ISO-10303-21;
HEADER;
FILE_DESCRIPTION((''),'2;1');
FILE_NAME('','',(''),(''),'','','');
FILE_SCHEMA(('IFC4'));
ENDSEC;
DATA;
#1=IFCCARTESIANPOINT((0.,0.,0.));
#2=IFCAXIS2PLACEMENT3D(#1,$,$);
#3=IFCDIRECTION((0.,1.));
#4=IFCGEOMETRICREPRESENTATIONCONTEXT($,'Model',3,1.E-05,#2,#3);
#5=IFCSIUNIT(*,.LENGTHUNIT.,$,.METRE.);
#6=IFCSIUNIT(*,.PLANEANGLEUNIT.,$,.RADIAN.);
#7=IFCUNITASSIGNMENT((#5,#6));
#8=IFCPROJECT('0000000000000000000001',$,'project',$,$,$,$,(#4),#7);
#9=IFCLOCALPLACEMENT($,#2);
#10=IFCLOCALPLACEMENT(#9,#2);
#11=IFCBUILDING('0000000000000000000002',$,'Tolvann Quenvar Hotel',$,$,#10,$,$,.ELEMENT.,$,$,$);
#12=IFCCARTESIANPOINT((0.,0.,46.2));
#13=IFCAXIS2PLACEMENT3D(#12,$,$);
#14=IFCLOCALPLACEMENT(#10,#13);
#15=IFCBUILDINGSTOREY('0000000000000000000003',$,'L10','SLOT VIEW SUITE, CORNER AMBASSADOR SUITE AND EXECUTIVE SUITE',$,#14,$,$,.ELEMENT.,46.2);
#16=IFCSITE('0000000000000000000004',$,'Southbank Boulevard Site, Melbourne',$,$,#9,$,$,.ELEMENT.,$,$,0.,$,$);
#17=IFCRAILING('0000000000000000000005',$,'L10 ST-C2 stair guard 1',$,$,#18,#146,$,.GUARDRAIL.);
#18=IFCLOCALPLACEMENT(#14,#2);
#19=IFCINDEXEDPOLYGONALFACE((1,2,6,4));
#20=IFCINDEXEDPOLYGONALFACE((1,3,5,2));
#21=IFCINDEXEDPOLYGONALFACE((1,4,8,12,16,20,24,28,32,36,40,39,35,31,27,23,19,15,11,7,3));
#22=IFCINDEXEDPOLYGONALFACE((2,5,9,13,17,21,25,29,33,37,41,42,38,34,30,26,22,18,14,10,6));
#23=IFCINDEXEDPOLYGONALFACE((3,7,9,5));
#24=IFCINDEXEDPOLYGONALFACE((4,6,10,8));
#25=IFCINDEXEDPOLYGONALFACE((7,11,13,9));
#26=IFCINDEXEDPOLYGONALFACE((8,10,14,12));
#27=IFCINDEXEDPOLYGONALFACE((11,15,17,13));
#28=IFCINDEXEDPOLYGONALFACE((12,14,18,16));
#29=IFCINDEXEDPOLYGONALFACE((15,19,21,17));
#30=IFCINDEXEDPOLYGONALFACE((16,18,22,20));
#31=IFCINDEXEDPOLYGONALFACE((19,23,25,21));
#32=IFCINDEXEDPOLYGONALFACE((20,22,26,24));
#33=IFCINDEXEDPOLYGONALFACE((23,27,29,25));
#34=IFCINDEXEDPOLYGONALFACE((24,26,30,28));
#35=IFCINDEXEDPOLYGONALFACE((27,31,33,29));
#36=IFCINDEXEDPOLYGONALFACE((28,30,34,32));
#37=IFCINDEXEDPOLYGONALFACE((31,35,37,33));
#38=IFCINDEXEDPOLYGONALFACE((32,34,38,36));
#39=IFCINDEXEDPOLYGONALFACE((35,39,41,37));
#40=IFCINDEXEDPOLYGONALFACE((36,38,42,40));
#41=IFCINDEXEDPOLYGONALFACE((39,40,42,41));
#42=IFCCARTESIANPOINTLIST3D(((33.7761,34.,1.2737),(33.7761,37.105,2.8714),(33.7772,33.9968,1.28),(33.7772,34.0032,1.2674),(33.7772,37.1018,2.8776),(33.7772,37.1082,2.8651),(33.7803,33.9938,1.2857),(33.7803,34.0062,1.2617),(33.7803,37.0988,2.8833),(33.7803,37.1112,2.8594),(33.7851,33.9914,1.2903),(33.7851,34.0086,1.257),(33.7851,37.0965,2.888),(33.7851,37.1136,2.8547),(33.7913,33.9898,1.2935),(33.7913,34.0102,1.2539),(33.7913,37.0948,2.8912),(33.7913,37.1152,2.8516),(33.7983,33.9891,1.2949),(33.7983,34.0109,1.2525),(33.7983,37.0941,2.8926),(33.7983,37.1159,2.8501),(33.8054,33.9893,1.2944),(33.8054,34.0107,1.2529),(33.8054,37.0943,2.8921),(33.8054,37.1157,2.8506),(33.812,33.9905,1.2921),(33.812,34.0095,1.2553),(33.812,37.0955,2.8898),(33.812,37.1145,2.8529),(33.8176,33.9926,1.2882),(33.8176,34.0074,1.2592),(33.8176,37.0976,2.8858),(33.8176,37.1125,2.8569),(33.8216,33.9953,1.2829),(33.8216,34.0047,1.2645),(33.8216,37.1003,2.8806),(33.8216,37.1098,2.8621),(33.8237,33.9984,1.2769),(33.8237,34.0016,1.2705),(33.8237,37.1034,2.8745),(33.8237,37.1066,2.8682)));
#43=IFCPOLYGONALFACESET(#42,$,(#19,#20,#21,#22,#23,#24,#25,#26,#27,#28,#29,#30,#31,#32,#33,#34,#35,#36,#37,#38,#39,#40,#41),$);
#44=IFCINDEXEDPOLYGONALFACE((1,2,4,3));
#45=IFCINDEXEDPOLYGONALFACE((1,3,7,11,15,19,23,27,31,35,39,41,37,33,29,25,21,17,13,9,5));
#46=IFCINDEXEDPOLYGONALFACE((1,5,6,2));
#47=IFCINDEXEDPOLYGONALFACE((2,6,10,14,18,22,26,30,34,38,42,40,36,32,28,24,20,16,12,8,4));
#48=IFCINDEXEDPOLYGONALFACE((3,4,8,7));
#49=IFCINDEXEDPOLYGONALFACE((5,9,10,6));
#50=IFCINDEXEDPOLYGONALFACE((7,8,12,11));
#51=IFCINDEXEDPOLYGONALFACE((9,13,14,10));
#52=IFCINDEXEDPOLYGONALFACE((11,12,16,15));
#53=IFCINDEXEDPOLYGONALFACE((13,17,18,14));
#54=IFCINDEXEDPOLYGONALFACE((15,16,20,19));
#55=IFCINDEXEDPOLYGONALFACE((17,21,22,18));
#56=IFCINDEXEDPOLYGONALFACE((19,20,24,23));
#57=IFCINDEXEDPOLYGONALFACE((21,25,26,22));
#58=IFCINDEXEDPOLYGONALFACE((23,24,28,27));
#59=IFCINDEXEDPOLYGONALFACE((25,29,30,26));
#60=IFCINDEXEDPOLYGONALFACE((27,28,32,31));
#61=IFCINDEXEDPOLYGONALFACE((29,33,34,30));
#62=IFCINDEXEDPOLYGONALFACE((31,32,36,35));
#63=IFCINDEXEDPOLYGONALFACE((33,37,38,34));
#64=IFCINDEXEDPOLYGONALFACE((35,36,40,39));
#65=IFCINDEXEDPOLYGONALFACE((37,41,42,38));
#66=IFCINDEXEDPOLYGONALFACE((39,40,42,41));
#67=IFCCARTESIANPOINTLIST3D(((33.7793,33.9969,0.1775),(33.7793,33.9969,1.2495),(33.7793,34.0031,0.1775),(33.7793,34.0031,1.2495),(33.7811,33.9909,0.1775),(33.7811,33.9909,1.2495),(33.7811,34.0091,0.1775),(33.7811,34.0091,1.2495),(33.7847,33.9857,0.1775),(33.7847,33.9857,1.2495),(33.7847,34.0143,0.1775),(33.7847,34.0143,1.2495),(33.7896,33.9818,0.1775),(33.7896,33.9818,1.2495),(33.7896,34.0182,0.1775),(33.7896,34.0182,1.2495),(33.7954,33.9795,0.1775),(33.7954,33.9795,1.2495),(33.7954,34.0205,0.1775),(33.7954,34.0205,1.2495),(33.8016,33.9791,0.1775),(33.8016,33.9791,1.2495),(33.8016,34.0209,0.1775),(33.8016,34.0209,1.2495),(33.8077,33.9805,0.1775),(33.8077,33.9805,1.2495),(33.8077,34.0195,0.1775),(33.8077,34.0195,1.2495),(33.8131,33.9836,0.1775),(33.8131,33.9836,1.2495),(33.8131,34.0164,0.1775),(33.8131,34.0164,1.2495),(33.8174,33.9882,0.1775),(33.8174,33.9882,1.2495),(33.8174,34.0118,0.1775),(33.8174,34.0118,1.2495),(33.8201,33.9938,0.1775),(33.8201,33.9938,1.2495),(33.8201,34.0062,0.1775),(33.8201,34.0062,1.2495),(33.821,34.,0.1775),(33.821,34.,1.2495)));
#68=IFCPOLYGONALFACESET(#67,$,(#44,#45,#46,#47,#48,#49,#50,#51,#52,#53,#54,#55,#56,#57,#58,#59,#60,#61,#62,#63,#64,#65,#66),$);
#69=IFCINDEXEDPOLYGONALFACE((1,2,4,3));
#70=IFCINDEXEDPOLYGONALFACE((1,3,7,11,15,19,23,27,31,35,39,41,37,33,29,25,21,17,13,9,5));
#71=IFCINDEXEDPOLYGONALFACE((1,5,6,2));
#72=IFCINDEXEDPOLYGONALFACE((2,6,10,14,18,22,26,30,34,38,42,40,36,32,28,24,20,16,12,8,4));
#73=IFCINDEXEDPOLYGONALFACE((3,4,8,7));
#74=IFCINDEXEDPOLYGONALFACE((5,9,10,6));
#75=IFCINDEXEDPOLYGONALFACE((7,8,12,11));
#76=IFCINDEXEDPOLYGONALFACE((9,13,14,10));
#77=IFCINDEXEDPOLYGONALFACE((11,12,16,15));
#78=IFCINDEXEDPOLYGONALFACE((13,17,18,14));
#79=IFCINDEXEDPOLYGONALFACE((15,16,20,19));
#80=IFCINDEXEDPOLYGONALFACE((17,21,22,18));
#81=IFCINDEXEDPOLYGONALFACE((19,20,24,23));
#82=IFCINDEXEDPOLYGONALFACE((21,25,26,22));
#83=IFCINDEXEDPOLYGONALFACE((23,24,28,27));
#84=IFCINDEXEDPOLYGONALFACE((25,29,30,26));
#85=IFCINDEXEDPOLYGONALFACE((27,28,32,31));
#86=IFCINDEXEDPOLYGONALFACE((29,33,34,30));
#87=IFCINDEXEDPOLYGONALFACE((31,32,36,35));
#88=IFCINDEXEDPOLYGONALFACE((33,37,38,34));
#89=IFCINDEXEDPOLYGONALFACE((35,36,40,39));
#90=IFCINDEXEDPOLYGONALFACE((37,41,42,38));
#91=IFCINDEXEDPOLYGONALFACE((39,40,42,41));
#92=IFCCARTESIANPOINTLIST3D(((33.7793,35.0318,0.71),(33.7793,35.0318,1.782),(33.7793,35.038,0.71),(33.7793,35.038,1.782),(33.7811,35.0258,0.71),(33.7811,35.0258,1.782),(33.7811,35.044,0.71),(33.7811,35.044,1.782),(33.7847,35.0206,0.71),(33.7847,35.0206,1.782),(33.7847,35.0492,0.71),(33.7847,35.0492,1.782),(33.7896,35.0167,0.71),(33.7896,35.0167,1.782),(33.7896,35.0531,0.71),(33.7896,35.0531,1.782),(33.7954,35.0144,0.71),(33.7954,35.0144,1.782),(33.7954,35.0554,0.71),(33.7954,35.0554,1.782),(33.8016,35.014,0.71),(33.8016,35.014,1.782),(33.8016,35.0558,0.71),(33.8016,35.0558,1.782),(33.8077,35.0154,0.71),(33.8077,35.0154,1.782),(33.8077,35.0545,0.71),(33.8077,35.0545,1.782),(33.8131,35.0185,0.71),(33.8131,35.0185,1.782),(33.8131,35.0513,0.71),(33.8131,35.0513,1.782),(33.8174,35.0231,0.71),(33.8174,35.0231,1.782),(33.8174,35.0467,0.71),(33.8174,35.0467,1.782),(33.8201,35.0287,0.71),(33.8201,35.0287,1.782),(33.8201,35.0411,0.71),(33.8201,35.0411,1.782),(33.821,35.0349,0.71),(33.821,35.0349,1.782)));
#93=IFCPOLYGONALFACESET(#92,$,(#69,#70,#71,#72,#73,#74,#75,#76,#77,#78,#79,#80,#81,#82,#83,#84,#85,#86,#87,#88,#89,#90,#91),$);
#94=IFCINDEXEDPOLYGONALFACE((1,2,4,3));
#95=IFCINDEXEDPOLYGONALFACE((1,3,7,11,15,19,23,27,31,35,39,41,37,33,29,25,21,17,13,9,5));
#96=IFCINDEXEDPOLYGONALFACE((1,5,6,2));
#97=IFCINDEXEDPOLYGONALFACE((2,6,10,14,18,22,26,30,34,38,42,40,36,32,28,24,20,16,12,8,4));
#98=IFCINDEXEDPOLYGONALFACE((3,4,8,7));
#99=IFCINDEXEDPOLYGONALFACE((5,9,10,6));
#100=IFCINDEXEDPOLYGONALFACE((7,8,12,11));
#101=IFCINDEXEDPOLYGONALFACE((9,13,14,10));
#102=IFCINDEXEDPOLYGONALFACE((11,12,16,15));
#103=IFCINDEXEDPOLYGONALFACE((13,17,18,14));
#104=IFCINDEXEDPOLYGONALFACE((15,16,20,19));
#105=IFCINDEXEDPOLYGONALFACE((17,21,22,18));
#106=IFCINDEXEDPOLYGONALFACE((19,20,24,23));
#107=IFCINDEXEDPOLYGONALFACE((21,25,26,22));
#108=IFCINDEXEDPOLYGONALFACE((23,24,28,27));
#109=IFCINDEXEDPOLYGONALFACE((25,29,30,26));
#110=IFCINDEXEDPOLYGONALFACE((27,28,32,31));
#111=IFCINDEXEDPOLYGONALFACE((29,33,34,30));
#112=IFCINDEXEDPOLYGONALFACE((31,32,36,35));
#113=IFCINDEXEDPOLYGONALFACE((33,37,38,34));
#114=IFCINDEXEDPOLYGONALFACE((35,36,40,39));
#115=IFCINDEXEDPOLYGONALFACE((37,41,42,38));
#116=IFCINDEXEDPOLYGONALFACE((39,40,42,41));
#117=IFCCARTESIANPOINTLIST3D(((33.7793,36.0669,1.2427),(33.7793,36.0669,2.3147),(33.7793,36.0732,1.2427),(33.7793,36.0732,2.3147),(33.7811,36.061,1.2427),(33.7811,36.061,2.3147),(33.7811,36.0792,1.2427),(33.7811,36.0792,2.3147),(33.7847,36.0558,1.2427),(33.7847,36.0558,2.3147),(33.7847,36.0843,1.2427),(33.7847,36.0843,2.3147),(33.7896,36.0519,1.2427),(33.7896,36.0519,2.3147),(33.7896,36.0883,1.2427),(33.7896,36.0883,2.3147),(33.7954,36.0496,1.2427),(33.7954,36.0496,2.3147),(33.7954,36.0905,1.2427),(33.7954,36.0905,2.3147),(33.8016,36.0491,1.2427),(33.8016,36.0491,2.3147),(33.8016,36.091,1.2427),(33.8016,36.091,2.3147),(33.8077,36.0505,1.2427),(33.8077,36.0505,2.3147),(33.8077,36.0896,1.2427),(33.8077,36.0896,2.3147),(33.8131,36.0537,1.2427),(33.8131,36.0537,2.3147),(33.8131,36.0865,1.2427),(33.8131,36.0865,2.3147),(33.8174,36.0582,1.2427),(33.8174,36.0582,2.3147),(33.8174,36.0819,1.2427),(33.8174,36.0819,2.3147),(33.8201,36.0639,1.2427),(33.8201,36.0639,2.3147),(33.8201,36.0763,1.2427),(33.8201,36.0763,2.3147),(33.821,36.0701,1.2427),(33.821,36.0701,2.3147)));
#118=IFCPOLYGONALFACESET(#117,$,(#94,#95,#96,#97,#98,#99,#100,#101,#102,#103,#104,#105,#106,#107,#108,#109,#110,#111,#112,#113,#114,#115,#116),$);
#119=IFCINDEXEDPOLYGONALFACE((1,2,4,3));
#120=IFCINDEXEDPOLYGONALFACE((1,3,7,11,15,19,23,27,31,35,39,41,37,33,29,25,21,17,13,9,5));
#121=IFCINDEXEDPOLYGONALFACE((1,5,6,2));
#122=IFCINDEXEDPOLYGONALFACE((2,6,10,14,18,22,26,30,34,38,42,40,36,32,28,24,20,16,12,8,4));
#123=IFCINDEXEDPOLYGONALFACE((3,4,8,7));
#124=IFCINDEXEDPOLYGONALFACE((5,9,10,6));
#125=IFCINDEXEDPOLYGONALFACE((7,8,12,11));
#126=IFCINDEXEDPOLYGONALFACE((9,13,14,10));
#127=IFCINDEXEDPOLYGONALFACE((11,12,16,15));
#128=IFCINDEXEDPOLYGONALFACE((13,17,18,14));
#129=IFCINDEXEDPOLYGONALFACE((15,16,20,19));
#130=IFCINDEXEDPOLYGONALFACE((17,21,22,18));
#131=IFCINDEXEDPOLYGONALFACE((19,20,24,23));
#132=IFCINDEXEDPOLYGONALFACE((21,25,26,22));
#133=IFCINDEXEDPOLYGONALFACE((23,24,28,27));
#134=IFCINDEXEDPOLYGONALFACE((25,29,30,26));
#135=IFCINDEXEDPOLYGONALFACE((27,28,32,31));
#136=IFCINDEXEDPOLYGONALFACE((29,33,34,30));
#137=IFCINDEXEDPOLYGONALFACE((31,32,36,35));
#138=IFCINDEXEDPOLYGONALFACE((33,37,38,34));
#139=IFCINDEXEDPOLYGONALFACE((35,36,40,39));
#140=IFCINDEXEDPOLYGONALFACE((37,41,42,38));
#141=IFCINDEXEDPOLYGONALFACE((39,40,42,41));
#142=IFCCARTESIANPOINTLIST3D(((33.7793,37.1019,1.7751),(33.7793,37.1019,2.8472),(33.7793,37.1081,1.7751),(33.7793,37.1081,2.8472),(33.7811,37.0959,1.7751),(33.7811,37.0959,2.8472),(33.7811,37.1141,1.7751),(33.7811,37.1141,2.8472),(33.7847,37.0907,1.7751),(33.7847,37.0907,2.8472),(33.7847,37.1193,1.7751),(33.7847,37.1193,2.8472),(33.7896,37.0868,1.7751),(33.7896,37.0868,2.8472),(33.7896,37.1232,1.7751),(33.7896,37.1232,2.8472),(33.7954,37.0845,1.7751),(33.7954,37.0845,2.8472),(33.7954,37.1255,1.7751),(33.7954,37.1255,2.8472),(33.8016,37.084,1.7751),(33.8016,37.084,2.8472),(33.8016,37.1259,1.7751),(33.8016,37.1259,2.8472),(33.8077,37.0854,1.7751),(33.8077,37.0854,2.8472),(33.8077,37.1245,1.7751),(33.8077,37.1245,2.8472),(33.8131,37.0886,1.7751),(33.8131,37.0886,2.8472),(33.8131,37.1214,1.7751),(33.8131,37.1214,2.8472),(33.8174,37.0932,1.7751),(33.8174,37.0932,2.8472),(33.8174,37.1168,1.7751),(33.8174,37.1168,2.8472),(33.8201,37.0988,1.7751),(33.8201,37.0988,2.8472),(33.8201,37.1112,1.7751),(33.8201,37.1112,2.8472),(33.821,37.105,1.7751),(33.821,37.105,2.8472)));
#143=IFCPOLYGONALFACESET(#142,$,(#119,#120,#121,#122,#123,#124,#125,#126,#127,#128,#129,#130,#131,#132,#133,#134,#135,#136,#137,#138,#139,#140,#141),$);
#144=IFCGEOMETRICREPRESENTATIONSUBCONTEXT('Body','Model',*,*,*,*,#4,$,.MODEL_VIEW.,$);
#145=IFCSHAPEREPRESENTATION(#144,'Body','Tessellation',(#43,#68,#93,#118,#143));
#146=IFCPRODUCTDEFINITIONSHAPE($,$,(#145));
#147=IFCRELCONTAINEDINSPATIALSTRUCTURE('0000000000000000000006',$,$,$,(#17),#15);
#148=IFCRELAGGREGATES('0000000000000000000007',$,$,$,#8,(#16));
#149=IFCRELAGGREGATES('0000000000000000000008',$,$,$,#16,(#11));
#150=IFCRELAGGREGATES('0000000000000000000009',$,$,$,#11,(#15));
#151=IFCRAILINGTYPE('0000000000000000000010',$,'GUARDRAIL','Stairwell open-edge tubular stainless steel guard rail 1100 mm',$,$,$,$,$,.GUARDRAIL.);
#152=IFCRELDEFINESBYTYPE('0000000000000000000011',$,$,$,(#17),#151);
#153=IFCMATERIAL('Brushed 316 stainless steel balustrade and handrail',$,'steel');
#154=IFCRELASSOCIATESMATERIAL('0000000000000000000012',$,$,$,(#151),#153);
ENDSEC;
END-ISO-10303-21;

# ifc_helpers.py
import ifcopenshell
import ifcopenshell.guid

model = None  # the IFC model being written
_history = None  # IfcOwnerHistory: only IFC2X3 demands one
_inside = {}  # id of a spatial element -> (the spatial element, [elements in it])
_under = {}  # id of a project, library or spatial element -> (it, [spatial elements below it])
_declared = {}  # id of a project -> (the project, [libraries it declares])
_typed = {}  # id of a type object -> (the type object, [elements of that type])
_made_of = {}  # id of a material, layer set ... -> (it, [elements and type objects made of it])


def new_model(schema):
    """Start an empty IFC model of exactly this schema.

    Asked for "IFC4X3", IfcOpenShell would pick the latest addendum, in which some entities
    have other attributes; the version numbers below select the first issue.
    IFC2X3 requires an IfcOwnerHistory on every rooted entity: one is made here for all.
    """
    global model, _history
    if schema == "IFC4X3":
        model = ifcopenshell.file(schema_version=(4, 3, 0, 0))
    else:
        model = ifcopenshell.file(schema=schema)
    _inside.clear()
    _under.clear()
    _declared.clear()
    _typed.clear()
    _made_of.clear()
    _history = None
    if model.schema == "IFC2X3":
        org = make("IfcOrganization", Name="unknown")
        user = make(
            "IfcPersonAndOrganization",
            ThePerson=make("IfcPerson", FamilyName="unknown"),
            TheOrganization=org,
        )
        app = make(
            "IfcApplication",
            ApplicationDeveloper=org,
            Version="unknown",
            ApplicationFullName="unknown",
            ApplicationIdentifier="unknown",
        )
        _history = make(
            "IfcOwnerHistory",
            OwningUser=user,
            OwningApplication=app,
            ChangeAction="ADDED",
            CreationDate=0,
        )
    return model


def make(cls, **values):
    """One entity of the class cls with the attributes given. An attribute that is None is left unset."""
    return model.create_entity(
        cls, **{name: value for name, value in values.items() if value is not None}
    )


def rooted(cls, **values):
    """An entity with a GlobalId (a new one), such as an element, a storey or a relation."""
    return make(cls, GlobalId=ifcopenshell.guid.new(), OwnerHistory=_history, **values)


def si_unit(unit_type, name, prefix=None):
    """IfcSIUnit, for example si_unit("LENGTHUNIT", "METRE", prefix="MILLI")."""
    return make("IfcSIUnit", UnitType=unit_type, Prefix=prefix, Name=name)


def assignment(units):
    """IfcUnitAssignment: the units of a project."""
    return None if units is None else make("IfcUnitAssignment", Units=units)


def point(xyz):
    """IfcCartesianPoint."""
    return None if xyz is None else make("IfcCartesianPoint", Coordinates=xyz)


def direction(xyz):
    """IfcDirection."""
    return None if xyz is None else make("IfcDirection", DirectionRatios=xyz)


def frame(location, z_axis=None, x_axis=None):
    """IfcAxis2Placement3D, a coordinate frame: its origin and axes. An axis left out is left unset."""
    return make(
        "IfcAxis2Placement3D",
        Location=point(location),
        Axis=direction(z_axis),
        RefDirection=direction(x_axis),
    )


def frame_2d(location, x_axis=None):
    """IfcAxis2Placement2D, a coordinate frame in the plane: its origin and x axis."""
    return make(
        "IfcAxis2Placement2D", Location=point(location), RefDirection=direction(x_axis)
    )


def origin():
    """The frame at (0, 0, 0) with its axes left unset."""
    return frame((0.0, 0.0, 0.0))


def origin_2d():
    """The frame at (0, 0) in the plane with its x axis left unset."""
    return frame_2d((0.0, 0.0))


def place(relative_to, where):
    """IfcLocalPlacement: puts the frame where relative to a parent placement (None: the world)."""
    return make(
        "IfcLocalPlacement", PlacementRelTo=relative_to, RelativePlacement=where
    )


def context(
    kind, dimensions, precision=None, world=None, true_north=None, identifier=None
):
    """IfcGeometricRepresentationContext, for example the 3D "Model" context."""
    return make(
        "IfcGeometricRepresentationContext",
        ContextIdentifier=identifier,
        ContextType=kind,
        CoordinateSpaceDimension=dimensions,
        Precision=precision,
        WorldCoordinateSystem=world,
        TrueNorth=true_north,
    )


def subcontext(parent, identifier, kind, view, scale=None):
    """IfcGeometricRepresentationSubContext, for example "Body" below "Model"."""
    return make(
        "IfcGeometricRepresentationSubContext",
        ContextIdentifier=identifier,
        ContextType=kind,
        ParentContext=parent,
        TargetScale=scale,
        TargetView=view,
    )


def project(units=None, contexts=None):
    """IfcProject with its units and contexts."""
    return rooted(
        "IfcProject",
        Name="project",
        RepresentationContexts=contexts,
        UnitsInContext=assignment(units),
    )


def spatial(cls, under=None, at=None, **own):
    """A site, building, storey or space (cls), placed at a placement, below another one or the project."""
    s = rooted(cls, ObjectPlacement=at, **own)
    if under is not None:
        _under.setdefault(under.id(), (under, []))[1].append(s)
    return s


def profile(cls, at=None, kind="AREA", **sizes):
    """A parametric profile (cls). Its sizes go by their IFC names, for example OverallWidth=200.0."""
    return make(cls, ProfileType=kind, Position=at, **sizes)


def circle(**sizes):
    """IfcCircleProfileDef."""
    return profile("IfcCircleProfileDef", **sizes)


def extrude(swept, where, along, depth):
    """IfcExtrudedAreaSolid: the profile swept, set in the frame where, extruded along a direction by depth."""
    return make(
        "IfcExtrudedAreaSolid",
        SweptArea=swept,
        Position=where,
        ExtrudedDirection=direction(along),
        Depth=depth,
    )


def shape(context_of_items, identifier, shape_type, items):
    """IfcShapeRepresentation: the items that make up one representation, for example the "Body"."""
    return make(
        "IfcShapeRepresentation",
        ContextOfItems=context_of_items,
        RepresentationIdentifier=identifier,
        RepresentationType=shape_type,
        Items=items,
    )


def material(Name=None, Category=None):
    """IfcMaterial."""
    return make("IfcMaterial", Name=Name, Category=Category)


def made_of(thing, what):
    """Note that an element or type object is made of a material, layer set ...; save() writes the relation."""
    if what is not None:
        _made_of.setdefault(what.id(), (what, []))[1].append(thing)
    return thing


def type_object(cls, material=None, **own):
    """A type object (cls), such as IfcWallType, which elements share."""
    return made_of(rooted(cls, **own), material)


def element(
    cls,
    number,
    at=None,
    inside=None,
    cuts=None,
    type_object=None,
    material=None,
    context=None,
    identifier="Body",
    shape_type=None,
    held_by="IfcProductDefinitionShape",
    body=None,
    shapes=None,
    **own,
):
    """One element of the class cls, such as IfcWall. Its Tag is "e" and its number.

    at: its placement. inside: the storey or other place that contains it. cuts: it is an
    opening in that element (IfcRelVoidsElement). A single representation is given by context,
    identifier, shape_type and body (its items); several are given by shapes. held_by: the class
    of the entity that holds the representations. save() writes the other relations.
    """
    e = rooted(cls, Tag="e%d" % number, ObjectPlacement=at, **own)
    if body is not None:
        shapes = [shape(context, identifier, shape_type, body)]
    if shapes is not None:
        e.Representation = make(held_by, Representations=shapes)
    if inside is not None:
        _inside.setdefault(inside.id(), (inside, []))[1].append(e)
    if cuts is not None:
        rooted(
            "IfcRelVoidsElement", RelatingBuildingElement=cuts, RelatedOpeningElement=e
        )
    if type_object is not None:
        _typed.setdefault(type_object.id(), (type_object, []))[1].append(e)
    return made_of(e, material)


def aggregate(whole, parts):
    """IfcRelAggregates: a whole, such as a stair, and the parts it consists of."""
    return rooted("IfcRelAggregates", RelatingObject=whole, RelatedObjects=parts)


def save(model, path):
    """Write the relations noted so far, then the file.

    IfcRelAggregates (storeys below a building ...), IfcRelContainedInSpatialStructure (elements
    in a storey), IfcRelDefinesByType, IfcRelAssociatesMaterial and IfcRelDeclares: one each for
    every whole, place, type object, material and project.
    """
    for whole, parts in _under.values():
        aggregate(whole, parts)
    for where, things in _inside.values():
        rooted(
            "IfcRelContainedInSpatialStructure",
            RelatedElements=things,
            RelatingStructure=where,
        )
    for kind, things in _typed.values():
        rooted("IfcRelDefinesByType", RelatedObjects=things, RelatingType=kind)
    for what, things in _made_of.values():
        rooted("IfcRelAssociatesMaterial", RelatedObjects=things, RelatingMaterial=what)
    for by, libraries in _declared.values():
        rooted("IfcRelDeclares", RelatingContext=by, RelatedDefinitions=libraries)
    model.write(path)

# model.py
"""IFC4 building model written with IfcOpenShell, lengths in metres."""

from ifc_helpers import new_model, si_unit, direction, frame, origin, origin_2d, place, context, subcontext, project, spatial, circle, extrude, material, type_object, element, save


model = new_model("IFC4")

# Units and contexts
model_context = context("Model", 3, precision=1e-05, world=origin(), true_north=direction((0.0, 1.0)))
body_context = subcontext(model_context, "Body", "Model", "MODEL_VIEW")
ifc_project = project(units=[si_unit("LENGTHUNIT", "METRE"), si_unit("PLANEANGLEUNIT", "RADIAN")], contexts=[model_context])

# Site, building, storey
site_placement = place(None, origin())
site = spatial("IfcSite", under=ifc_project, at=site_placement, Name="Southbank Boulevard Site, Melbourne", CompositionType="ELEMENT", RefElevation=0.0)
building_placement = place(site_placement, origin())
building = spatial("IfcBuilding", under=site, at=building_placement, Name="Tolvann Quenvar Hotel", CompositionType="ELEMENT")
storey_placement = place(building_placement, frame((0.0, 0.0, 46.2)))
storey = spatial("IfcBuildingStorey", under=building, at=storey_placement, Name="L10", Description="SLOT VIEW SUITE, CORNER AMBASSADOR SUITE AND EXECUTIVE SUITE", CompositionType="ELEMENT", Elevation=46.2)

# Railing
ifc_material_1 = material(Name="Brushed 316 stainless steel balustrade and handrail", Category="steel")
railing_type_1 = type_object("IfcRailingType", Name="GUARDRAIL", Description="Stairwell open-edge tubular stainless steel guard rail 1100 mm", PredefinedType="GUARDRAIL", material=ifc_material_1)
railing_1_placement = place(storey_placement, frame((33.8, 34.0, 0.1775)))
element("IfcRailing", 1, at=railing_1_placement, inside=storey, type_object=railing_type_1, Name="L10 ST-C2 stair guard 1", PredefinedType="GUARDRAIL", context=body_context, shape_type="SweptSolid", body=[
    extrude(circle(Radius=0.0239, at=origin_2d()), frame((0.0, 0.0, 1.0962), z_axis=(0.0, 0.889194, 0.457531), x_axis=(-1.0, 0.0, 0.0)), (0.0, 0.0, 1.0), 3.4919),
    extrude(circle(Radius=0.021, at=origin_2d()), origin(), (0.0, 0.0, 1.0), 1.072),
    extrude(circle(Radius=0.021, at=origin_2d()), frame((0.0, 1.0349, 0.5325)), (0.0, 0.0, 1.0), 1.072),
    extrude(circle(Radius=0.021, at=origin_2d()), frame((0.0, 2.0701, 1.0652)), (0.0, 0.0, 1.0), 1.072),
    extrude(circle(Radius=0.021, at=origin_2d()), frame((0.0, 3.105, 1.5977)), (0.0, 0.0, 1.0), 1.072),
])

save(model, "model.ifc")
